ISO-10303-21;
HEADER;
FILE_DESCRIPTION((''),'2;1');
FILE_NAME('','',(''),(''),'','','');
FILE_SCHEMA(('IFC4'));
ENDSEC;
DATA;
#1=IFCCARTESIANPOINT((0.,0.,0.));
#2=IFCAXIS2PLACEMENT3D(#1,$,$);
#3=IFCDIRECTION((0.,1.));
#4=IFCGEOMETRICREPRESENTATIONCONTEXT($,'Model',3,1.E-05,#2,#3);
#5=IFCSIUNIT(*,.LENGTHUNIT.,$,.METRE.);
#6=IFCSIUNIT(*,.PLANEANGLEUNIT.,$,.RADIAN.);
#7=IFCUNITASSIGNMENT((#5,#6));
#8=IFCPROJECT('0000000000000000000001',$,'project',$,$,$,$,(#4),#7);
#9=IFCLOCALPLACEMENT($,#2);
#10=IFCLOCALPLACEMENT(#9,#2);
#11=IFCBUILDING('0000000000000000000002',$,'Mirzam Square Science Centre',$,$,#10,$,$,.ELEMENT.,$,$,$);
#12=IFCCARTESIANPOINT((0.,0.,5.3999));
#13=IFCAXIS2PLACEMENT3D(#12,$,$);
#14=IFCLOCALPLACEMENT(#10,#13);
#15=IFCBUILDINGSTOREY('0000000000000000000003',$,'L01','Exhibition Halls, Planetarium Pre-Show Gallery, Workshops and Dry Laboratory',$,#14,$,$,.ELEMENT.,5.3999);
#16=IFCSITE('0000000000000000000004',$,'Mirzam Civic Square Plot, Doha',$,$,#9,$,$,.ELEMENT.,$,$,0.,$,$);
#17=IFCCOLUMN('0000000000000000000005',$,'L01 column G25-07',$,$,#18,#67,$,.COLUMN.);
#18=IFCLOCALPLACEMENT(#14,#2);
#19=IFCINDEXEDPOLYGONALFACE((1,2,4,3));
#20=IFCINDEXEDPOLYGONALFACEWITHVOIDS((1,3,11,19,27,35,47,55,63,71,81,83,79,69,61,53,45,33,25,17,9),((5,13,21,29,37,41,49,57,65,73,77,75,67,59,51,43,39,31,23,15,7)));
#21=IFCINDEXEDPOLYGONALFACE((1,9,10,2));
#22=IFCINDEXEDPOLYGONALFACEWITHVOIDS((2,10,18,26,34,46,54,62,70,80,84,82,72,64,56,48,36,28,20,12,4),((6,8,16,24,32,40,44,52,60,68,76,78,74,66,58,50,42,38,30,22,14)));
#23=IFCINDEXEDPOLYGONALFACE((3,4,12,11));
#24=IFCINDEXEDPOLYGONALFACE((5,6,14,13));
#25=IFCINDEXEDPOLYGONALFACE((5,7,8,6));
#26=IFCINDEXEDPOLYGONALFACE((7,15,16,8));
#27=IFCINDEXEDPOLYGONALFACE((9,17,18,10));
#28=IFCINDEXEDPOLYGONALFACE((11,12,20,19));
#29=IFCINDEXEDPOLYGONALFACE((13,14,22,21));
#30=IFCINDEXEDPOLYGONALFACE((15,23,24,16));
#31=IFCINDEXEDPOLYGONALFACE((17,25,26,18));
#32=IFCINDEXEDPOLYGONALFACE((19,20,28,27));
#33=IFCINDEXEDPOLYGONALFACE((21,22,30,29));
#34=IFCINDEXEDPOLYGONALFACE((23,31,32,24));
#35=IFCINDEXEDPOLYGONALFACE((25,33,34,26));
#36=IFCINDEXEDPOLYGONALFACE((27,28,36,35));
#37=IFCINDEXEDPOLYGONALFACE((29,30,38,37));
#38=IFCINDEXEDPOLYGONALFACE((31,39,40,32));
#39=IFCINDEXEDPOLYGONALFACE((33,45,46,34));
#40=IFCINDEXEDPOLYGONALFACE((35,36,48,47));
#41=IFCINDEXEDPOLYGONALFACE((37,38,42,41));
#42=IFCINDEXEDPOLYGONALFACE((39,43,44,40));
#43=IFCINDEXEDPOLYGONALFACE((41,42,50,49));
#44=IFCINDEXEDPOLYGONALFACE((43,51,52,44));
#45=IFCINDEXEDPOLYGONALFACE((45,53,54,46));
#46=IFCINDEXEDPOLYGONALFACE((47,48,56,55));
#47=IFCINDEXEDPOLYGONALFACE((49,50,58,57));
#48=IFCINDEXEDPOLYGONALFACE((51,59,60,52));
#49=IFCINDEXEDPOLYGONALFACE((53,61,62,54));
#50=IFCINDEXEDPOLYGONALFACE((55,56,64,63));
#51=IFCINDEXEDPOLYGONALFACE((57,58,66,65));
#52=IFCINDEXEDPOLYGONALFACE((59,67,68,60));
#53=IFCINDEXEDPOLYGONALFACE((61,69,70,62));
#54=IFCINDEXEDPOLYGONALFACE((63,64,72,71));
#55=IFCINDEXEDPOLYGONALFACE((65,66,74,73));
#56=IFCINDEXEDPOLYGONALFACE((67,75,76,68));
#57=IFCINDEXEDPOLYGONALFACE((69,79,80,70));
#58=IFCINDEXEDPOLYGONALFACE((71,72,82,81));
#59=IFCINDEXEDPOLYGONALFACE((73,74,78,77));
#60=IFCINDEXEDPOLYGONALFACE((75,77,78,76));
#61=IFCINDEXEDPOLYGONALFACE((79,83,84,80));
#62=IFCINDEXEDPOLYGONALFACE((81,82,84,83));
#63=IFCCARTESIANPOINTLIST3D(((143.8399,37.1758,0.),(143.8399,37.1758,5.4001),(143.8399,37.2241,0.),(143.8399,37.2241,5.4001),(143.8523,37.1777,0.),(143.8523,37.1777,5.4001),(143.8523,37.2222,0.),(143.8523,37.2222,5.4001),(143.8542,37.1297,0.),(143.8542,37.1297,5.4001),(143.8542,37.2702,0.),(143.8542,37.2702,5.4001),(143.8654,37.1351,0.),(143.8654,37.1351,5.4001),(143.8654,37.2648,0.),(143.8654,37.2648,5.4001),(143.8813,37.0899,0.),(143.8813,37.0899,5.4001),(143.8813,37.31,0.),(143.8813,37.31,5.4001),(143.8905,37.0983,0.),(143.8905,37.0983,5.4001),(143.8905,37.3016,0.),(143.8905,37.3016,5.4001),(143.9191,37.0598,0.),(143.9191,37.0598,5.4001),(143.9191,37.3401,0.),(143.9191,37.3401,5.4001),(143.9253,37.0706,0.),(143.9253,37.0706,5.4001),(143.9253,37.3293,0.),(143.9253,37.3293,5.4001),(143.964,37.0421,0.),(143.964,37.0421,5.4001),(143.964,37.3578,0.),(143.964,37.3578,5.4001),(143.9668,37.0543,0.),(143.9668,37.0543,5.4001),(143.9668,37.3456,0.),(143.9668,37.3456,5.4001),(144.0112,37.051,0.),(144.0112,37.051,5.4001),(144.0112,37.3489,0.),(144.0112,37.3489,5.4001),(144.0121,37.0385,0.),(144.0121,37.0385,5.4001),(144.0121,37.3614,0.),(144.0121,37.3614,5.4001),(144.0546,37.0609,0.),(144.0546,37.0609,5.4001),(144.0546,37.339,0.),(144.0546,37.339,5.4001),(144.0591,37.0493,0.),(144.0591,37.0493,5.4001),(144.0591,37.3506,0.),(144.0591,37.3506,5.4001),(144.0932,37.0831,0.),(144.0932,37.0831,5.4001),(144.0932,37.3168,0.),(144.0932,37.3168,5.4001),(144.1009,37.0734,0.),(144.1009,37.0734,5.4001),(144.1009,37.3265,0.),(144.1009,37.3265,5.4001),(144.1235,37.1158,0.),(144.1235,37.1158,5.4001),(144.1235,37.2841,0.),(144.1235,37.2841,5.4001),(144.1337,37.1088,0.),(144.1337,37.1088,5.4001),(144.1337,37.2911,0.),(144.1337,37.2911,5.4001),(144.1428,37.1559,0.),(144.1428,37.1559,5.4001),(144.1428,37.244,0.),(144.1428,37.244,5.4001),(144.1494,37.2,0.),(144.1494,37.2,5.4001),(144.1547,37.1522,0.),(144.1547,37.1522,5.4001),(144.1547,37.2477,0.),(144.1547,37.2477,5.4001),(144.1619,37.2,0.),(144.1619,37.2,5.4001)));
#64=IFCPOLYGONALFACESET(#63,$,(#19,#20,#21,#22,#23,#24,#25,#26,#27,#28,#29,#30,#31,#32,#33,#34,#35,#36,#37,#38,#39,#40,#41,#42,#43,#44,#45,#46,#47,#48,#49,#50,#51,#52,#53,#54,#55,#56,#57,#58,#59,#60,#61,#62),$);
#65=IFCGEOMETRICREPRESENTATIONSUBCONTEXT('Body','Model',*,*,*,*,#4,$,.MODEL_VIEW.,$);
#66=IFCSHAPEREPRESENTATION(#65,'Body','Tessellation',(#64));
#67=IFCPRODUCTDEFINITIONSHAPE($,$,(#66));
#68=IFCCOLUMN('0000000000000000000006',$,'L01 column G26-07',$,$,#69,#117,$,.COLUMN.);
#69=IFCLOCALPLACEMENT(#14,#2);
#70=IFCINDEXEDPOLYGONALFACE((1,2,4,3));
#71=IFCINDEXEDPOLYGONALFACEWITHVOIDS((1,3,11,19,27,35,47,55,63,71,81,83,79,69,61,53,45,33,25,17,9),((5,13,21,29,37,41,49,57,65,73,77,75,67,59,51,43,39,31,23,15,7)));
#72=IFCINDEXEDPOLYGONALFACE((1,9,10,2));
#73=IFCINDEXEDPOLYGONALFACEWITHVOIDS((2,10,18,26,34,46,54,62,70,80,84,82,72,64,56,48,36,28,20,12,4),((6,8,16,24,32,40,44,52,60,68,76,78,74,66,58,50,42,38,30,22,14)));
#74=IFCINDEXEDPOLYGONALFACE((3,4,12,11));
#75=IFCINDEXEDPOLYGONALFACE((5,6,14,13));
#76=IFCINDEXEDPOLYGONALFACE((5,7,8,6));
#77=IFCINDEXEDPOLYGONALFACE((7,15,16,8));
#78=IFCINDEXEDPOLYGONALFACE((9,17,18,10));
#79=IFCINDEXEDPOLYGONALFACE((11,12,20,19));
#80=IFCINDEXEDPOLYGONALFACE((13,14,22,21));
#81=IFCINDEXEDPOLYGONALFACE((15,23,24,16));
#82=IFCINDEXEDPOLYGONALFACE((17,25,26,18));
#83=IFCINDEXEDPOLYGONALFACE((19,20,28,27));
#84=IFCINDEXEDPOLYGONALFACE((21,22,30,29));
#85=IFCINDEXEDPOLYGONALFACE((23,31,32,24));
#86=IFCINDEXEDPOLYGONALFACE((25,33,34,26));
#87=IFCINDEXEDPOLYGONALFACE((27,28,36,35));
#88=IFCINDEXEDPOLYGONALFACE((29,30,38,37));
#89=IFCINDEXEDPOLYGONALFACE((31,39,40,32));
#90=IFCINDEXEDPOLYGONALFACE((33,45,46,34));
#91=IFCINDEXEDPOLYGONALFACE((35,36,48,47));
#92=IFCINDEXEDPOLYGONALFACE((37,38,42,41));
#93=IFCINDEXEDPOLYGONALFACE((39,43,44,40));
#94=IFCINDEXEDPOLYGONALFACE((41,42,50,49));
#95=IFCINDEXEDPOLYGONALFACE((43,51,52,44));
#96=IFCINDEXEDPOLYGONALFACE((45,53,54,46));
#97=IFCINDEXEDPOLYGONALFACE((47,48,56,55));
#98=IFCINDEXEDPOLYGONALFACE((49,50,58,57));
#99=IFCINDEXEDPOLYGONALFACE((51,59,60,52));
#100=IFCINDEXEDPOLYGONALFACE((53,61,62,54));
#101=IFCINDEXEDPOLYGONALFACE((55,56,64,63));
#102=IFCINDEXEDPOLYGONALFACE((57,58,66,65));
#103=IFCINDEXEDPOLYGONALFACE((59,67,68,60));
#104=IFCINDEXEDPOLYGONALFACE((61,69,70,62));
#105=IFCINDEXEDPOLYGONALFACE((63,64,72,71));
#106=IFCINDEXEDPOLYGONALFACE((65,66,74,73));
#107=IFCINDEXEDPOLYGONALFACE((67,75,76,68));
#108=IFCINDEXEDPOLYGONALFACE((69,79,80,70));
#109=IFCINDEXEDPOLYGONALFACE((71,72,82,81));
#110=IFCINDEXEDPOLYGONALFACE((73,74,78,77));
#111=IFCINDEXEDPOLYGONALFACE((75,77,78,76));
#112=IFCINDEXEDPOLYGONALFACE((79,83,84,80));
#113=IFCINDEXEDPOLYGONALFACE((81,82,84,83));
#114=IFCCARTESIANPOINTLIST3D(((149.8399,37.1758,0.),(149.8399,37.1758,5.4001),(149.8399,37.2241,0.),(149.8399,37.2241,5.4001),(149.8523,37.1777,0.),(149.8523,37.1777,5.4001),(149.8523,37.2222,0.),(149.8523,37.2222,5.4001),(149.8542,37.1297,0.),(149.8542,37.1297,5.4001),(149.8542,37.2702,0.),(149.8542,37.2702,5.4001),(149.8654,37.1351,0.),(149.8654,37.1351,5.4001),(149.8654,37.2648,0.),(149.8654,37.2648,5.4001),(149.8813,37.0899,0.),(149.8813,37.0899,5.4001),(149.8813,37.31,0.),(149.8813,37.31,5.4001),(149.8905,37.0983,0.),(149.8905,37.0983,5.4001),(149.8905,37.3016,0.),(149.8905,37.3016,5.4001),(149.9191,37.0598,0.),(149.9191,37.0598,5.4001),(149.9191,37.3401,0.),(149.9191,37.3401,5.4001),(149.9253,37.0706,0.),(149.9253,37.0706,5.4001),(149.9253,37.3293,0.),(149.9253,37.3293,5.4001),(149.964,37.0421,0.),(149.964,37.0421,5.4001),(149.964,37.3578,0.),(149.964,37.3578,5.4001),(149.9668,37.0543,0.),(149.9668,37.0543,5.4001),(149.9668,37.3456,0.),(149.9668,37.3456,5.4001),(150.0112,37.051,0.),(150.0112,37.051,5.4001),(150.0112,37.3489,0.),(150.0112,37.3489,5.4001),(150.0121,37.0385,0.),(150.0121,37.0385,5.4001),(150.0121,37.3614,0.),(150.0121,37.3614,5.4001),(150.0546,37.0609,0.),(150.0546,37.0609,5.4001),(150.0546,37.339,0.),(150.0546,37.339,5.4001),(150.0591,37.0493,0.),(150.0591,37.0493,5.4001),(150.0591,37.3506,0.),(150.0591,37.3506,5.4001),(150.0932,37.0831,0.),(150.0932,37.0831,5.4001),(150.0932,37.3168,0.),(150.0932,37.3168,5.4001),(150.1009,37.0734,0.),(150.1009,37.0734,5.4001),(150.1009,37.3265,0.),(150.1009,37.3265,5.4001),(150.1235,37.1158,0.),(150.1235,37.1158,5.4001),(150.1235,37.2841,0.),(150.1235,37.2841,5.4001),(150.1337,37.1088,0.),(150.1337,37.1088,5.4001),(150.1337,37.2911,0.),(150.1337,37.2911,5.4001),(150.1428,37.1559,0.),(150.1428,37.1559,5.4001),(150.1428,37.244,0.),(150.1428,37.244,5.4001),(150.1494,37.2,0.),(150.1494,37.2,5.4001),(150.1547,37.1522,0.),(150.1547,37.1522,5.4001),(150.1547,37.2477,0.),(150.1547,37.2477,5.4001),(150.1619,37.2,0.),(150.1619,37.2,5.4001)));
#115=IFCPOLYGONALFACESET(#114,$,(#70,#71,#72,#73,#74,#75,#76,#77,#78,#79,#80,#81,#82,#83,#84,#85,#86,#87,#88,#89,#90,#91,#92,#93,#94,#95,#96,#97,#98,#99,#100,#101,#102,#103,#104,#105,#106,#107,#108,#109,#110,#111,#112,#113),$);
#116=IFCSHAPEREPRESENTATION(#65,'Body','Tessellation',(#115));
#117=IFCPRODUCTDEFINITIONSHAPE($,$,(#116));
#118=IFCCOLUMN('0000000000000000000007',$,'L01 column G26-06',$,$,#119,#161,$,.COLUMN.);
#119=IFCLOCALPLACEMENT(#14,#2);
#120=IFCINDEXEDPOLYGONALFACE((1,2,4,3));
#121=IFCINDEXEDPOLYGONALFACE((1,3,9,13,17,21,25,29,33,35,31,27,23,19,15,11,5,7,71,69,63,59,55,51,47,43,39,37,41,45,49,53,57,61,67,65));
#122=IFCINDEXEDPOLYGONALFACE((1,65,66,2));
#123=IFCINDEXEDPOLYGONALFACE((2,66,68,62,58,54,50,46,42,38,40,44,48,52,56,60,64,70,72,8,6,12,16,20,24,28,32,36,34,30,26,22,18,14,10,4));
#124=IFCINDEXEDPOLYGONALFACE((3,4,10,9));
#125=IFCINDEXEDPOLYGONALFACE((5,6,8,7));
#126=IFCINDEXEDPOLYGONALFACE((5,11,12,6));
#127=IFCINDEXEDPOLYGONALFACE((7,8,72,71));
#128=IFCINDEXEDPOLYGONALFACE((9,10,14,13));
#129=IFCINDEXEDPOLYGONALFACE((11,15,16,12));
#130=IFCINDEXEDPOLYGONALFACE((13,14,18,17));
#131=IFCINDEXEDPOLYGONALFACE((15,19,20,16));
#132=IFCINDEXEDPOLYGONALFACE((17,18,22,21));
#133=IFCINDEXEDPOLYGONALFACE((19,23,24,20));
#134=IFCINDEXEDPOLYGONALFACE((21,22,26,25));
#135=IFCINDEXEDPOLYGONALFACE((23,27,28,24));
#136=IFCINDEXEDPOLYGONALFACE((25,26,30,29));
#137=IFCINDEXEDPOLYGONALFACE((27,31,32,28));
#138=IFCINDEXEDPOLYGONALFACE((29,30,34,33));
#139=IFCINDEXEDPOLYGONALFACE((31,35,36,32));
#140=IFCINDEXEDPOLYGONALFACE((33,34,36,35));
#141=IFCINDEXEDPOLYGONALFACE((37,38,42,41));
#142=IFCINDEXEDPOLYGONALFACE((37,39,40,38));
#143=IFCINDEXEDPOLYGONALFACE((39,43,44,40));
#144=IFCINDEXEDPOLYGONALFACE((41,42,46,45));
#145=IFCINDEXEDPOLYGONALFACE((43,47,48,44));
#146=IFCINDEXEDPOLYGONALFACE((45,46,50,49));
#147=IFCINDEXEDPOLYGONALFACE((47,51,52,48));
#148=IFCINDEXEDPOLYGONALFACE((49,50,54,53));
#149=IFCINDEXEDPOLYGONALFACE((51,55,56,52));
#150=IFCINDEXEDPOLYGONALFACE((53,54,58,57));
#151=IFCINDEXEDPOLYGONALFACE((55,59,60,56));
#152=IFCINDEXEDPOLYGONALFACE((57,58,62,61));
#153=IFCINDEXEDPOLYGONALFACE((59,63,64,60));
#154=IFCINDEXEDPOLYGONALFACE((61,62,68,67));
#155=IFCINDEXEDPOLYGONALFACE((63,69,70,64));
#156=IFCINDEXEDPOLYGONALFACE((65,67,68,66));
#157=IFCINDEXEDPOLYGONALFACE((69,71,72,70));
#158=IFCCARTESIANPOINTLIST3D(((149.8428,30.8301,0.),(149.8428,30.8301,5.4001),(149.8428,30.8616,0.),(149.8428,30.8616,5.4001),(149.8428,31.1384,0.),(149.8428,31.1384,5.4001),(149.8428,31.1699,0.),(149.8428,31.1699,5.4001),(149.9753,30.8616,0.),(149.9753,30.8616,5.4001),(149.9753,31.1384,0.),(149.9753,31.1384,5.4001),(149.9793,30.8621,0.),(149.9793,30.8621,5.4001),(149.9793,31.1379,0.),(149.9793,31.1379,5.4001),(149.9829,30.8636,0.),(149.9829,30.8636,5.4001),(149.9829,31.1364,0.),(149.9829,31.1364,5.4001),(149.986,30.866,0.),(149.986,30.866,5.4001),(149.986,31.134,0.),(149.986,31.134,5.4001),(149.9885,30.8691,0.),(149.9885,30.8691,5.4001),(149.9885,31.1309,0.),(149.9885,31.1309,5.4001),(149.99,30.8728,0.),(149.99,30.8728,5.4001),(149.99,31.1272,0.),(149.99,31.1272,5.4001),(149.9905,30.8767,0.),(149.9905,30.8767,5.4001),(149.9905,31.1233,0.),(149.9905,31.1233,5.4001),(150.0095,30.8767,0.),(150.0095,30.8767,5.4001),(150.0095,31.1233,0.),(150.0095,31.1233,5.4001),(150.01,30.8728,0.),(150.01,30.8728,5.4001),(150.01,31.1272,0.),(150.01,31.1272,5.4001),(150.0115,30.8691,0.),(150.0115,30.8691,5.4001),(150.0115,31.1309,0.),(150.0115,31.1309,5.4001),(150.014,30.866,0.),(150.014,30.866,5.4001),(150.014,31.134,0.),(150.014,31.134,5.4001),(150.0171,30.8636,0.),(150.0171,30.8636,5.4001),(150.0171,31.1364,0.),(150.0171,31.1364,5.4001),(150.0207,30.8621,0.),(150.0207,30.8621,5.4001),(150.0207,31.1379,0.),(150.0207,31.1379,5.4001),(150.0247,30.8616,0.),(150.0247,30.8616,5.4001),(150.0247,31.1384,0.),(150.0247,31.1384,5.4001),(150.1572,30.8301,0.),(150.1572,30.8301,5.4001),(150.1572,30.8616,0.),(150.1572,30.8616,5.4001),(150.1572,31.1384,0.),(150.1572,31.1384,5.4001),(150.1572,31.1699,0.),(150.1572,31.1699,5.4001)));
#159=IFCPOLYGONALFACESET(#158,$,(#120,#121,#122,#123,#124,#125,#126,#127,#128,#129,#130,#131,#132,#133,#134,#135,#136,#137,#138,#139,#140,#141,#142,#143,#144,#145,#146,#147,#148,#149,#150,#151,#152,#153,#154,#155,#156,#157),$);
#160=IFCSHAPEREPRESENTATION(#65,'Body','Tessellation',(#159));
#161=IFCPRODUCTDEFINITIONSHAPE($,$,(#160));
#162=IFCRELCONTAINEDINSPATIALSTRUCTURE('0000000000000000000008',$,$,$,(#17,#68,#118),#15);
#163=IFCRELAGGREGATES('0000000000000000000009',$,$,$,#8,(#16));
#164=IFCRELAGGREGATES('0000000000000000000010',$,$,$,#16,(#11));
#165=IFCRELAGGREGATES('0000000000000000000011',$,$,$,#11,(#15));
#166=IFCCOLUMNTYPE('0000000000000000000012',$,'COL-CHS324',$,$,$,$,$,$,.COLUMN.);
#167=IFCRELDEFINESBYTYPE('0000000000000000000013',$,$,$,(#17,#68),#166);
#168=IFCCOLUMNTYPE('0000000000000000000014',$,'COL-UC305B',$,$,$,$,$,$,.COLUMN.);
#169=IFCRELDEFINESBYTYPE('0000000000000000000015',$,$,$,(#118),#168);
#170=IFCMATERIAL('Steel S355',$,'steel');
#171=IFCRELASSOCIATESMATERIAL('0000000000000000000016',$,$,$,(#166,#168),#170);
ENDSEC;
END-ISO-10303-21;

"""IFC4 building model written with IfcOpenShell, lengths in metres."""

from ifc_helpers import new_model, si_unit, direction, frame, origin, origin_2d, place, context, subcontext, project, spatial, hollow_circle, i_section, extrude, material, material_profile, profile_set, type_object, element, save


model = new_model("IFC4")

# Units and contexts
model_context = context("Model", 3, precision=1e-05, world=origin(), true_north=direction((0.0, 1.0)))
body_context = subcontext(model_context, "Body", "Model", "MODEL_VIEW")
ifc_project = project(units=[si_unit("LENGTHUNIT", "METRE"), si_unit("PLANEANGLEUNIT", "RADIAN")], contexts=[model_context])

# Site, building, storey
site_placement = place(None, origin())
site = spatial("IfcSite", under=ifc_project, at=site_placement, Name="Mirzam Civic Square Plot, Doha", CompositionType="ELEMENT", RefElevation=0.0)
building_placement = place(site_placement, origin())
building = spatial("IfcBuilding", under=site, at=building_placement, Name="Mirzam Square Science Centre", CompositionType="ELEMENT")
storey_placement = place(building_placement, frame((0.0, 0.0, 5.3999)))
storey = spatial("IfcBuildingStorey", under=building, at=storey_placement, Name="L01", Description="Exhibition Halls, Planetarium Pre-Show Gallery, Workshops and Dry Laboratory", CompositionType="ELEMENT", Elevation=5.3999)

# Columns
ifc_material_1 = material(Name="Steel S355", Category="steel")
ifc_material_profile_1 = material_profile(ifc_material_1, hollow_circle(Radius=0.1619, WallThickness=0.0125, at=origin_2d()), Name="323.9x12.5CHS")
ifc_profile_set_1 = profile_set([ifc_material_profile_1], Name="Steel S355")
column_type_1 = type_object("IfcColumnType", Name="COL-CHS324", PredefinedType="COLUMN", material=ifc_profile_set_1)
for number, where, z_axis, x_axis, name in (
    (1, (144.0, 37.2, 0.0), (0.0, 0.0, 1.0), (1.0, 0.0, 0.0), "L01 column G25-07"),
    (2, (150.0, 37.2, 0.0), (0.0, 0.0, 1.0), (1.0, 0.0, 0.0), "L01 column G26-07"),
):
    element("IfcColumn", number, at=place(storey_placement, frame(where, z_axis=z_axis, x_axis=x_axis)), inside=storey, type_object=column_type_1, Name=name, PredefinedType="COLUMN", context=body_context, shape_type="SweptSolid", body=[
        extrude(hollow_circle(Radius=0.1619, WallThickness=0.0125, at=origin_2d()), origin(), (0.0, 0.0, 1.0), 5.4001),
    ])
ifc_material_profile_2 = material_profile(ifc_material_1, i_section(OverallWidth=0.3145, OverallDepth=0.3398, WebThickness=0.019, FlangeThickness=0.0315, FilletRadius=0.0151, at=origin_2d()), Name="305x305x198UC")
ifc_profile_set_2 = profile_set([ifc_material_profile_2], Name="Steel S355")
column_type_2 = type_object("IfcColumnType", Name="COL-UC305B", PredefinedType="COLUMN", material=ifc_profile_set_2)
column_1_placement = place(storey_placement, frame((150.0, 31.0, 0.0), z_axis=(0.0, 0.0, 1.0), x_axis=(1.0, 0.0, 0.0)))
element("IfcColumn", 3, at=column_1_placement, inside=storey, type_object=column_type_2, Name="L01 column G26-06", PredefinedType="COLUMN", context=body_context, shape_type="SweptSolid", body=[
    extrude(i_section(OverallWidth=0.3145, OverallDepth=0.3398, WebThickness=0.019, FlangeThickness=0.0315, FilletRadius=0.0151, at=origin_2d()), origin(), (0.0, 0.0, 1.0), 5.4001),
])

save(model, "model.ifc")
